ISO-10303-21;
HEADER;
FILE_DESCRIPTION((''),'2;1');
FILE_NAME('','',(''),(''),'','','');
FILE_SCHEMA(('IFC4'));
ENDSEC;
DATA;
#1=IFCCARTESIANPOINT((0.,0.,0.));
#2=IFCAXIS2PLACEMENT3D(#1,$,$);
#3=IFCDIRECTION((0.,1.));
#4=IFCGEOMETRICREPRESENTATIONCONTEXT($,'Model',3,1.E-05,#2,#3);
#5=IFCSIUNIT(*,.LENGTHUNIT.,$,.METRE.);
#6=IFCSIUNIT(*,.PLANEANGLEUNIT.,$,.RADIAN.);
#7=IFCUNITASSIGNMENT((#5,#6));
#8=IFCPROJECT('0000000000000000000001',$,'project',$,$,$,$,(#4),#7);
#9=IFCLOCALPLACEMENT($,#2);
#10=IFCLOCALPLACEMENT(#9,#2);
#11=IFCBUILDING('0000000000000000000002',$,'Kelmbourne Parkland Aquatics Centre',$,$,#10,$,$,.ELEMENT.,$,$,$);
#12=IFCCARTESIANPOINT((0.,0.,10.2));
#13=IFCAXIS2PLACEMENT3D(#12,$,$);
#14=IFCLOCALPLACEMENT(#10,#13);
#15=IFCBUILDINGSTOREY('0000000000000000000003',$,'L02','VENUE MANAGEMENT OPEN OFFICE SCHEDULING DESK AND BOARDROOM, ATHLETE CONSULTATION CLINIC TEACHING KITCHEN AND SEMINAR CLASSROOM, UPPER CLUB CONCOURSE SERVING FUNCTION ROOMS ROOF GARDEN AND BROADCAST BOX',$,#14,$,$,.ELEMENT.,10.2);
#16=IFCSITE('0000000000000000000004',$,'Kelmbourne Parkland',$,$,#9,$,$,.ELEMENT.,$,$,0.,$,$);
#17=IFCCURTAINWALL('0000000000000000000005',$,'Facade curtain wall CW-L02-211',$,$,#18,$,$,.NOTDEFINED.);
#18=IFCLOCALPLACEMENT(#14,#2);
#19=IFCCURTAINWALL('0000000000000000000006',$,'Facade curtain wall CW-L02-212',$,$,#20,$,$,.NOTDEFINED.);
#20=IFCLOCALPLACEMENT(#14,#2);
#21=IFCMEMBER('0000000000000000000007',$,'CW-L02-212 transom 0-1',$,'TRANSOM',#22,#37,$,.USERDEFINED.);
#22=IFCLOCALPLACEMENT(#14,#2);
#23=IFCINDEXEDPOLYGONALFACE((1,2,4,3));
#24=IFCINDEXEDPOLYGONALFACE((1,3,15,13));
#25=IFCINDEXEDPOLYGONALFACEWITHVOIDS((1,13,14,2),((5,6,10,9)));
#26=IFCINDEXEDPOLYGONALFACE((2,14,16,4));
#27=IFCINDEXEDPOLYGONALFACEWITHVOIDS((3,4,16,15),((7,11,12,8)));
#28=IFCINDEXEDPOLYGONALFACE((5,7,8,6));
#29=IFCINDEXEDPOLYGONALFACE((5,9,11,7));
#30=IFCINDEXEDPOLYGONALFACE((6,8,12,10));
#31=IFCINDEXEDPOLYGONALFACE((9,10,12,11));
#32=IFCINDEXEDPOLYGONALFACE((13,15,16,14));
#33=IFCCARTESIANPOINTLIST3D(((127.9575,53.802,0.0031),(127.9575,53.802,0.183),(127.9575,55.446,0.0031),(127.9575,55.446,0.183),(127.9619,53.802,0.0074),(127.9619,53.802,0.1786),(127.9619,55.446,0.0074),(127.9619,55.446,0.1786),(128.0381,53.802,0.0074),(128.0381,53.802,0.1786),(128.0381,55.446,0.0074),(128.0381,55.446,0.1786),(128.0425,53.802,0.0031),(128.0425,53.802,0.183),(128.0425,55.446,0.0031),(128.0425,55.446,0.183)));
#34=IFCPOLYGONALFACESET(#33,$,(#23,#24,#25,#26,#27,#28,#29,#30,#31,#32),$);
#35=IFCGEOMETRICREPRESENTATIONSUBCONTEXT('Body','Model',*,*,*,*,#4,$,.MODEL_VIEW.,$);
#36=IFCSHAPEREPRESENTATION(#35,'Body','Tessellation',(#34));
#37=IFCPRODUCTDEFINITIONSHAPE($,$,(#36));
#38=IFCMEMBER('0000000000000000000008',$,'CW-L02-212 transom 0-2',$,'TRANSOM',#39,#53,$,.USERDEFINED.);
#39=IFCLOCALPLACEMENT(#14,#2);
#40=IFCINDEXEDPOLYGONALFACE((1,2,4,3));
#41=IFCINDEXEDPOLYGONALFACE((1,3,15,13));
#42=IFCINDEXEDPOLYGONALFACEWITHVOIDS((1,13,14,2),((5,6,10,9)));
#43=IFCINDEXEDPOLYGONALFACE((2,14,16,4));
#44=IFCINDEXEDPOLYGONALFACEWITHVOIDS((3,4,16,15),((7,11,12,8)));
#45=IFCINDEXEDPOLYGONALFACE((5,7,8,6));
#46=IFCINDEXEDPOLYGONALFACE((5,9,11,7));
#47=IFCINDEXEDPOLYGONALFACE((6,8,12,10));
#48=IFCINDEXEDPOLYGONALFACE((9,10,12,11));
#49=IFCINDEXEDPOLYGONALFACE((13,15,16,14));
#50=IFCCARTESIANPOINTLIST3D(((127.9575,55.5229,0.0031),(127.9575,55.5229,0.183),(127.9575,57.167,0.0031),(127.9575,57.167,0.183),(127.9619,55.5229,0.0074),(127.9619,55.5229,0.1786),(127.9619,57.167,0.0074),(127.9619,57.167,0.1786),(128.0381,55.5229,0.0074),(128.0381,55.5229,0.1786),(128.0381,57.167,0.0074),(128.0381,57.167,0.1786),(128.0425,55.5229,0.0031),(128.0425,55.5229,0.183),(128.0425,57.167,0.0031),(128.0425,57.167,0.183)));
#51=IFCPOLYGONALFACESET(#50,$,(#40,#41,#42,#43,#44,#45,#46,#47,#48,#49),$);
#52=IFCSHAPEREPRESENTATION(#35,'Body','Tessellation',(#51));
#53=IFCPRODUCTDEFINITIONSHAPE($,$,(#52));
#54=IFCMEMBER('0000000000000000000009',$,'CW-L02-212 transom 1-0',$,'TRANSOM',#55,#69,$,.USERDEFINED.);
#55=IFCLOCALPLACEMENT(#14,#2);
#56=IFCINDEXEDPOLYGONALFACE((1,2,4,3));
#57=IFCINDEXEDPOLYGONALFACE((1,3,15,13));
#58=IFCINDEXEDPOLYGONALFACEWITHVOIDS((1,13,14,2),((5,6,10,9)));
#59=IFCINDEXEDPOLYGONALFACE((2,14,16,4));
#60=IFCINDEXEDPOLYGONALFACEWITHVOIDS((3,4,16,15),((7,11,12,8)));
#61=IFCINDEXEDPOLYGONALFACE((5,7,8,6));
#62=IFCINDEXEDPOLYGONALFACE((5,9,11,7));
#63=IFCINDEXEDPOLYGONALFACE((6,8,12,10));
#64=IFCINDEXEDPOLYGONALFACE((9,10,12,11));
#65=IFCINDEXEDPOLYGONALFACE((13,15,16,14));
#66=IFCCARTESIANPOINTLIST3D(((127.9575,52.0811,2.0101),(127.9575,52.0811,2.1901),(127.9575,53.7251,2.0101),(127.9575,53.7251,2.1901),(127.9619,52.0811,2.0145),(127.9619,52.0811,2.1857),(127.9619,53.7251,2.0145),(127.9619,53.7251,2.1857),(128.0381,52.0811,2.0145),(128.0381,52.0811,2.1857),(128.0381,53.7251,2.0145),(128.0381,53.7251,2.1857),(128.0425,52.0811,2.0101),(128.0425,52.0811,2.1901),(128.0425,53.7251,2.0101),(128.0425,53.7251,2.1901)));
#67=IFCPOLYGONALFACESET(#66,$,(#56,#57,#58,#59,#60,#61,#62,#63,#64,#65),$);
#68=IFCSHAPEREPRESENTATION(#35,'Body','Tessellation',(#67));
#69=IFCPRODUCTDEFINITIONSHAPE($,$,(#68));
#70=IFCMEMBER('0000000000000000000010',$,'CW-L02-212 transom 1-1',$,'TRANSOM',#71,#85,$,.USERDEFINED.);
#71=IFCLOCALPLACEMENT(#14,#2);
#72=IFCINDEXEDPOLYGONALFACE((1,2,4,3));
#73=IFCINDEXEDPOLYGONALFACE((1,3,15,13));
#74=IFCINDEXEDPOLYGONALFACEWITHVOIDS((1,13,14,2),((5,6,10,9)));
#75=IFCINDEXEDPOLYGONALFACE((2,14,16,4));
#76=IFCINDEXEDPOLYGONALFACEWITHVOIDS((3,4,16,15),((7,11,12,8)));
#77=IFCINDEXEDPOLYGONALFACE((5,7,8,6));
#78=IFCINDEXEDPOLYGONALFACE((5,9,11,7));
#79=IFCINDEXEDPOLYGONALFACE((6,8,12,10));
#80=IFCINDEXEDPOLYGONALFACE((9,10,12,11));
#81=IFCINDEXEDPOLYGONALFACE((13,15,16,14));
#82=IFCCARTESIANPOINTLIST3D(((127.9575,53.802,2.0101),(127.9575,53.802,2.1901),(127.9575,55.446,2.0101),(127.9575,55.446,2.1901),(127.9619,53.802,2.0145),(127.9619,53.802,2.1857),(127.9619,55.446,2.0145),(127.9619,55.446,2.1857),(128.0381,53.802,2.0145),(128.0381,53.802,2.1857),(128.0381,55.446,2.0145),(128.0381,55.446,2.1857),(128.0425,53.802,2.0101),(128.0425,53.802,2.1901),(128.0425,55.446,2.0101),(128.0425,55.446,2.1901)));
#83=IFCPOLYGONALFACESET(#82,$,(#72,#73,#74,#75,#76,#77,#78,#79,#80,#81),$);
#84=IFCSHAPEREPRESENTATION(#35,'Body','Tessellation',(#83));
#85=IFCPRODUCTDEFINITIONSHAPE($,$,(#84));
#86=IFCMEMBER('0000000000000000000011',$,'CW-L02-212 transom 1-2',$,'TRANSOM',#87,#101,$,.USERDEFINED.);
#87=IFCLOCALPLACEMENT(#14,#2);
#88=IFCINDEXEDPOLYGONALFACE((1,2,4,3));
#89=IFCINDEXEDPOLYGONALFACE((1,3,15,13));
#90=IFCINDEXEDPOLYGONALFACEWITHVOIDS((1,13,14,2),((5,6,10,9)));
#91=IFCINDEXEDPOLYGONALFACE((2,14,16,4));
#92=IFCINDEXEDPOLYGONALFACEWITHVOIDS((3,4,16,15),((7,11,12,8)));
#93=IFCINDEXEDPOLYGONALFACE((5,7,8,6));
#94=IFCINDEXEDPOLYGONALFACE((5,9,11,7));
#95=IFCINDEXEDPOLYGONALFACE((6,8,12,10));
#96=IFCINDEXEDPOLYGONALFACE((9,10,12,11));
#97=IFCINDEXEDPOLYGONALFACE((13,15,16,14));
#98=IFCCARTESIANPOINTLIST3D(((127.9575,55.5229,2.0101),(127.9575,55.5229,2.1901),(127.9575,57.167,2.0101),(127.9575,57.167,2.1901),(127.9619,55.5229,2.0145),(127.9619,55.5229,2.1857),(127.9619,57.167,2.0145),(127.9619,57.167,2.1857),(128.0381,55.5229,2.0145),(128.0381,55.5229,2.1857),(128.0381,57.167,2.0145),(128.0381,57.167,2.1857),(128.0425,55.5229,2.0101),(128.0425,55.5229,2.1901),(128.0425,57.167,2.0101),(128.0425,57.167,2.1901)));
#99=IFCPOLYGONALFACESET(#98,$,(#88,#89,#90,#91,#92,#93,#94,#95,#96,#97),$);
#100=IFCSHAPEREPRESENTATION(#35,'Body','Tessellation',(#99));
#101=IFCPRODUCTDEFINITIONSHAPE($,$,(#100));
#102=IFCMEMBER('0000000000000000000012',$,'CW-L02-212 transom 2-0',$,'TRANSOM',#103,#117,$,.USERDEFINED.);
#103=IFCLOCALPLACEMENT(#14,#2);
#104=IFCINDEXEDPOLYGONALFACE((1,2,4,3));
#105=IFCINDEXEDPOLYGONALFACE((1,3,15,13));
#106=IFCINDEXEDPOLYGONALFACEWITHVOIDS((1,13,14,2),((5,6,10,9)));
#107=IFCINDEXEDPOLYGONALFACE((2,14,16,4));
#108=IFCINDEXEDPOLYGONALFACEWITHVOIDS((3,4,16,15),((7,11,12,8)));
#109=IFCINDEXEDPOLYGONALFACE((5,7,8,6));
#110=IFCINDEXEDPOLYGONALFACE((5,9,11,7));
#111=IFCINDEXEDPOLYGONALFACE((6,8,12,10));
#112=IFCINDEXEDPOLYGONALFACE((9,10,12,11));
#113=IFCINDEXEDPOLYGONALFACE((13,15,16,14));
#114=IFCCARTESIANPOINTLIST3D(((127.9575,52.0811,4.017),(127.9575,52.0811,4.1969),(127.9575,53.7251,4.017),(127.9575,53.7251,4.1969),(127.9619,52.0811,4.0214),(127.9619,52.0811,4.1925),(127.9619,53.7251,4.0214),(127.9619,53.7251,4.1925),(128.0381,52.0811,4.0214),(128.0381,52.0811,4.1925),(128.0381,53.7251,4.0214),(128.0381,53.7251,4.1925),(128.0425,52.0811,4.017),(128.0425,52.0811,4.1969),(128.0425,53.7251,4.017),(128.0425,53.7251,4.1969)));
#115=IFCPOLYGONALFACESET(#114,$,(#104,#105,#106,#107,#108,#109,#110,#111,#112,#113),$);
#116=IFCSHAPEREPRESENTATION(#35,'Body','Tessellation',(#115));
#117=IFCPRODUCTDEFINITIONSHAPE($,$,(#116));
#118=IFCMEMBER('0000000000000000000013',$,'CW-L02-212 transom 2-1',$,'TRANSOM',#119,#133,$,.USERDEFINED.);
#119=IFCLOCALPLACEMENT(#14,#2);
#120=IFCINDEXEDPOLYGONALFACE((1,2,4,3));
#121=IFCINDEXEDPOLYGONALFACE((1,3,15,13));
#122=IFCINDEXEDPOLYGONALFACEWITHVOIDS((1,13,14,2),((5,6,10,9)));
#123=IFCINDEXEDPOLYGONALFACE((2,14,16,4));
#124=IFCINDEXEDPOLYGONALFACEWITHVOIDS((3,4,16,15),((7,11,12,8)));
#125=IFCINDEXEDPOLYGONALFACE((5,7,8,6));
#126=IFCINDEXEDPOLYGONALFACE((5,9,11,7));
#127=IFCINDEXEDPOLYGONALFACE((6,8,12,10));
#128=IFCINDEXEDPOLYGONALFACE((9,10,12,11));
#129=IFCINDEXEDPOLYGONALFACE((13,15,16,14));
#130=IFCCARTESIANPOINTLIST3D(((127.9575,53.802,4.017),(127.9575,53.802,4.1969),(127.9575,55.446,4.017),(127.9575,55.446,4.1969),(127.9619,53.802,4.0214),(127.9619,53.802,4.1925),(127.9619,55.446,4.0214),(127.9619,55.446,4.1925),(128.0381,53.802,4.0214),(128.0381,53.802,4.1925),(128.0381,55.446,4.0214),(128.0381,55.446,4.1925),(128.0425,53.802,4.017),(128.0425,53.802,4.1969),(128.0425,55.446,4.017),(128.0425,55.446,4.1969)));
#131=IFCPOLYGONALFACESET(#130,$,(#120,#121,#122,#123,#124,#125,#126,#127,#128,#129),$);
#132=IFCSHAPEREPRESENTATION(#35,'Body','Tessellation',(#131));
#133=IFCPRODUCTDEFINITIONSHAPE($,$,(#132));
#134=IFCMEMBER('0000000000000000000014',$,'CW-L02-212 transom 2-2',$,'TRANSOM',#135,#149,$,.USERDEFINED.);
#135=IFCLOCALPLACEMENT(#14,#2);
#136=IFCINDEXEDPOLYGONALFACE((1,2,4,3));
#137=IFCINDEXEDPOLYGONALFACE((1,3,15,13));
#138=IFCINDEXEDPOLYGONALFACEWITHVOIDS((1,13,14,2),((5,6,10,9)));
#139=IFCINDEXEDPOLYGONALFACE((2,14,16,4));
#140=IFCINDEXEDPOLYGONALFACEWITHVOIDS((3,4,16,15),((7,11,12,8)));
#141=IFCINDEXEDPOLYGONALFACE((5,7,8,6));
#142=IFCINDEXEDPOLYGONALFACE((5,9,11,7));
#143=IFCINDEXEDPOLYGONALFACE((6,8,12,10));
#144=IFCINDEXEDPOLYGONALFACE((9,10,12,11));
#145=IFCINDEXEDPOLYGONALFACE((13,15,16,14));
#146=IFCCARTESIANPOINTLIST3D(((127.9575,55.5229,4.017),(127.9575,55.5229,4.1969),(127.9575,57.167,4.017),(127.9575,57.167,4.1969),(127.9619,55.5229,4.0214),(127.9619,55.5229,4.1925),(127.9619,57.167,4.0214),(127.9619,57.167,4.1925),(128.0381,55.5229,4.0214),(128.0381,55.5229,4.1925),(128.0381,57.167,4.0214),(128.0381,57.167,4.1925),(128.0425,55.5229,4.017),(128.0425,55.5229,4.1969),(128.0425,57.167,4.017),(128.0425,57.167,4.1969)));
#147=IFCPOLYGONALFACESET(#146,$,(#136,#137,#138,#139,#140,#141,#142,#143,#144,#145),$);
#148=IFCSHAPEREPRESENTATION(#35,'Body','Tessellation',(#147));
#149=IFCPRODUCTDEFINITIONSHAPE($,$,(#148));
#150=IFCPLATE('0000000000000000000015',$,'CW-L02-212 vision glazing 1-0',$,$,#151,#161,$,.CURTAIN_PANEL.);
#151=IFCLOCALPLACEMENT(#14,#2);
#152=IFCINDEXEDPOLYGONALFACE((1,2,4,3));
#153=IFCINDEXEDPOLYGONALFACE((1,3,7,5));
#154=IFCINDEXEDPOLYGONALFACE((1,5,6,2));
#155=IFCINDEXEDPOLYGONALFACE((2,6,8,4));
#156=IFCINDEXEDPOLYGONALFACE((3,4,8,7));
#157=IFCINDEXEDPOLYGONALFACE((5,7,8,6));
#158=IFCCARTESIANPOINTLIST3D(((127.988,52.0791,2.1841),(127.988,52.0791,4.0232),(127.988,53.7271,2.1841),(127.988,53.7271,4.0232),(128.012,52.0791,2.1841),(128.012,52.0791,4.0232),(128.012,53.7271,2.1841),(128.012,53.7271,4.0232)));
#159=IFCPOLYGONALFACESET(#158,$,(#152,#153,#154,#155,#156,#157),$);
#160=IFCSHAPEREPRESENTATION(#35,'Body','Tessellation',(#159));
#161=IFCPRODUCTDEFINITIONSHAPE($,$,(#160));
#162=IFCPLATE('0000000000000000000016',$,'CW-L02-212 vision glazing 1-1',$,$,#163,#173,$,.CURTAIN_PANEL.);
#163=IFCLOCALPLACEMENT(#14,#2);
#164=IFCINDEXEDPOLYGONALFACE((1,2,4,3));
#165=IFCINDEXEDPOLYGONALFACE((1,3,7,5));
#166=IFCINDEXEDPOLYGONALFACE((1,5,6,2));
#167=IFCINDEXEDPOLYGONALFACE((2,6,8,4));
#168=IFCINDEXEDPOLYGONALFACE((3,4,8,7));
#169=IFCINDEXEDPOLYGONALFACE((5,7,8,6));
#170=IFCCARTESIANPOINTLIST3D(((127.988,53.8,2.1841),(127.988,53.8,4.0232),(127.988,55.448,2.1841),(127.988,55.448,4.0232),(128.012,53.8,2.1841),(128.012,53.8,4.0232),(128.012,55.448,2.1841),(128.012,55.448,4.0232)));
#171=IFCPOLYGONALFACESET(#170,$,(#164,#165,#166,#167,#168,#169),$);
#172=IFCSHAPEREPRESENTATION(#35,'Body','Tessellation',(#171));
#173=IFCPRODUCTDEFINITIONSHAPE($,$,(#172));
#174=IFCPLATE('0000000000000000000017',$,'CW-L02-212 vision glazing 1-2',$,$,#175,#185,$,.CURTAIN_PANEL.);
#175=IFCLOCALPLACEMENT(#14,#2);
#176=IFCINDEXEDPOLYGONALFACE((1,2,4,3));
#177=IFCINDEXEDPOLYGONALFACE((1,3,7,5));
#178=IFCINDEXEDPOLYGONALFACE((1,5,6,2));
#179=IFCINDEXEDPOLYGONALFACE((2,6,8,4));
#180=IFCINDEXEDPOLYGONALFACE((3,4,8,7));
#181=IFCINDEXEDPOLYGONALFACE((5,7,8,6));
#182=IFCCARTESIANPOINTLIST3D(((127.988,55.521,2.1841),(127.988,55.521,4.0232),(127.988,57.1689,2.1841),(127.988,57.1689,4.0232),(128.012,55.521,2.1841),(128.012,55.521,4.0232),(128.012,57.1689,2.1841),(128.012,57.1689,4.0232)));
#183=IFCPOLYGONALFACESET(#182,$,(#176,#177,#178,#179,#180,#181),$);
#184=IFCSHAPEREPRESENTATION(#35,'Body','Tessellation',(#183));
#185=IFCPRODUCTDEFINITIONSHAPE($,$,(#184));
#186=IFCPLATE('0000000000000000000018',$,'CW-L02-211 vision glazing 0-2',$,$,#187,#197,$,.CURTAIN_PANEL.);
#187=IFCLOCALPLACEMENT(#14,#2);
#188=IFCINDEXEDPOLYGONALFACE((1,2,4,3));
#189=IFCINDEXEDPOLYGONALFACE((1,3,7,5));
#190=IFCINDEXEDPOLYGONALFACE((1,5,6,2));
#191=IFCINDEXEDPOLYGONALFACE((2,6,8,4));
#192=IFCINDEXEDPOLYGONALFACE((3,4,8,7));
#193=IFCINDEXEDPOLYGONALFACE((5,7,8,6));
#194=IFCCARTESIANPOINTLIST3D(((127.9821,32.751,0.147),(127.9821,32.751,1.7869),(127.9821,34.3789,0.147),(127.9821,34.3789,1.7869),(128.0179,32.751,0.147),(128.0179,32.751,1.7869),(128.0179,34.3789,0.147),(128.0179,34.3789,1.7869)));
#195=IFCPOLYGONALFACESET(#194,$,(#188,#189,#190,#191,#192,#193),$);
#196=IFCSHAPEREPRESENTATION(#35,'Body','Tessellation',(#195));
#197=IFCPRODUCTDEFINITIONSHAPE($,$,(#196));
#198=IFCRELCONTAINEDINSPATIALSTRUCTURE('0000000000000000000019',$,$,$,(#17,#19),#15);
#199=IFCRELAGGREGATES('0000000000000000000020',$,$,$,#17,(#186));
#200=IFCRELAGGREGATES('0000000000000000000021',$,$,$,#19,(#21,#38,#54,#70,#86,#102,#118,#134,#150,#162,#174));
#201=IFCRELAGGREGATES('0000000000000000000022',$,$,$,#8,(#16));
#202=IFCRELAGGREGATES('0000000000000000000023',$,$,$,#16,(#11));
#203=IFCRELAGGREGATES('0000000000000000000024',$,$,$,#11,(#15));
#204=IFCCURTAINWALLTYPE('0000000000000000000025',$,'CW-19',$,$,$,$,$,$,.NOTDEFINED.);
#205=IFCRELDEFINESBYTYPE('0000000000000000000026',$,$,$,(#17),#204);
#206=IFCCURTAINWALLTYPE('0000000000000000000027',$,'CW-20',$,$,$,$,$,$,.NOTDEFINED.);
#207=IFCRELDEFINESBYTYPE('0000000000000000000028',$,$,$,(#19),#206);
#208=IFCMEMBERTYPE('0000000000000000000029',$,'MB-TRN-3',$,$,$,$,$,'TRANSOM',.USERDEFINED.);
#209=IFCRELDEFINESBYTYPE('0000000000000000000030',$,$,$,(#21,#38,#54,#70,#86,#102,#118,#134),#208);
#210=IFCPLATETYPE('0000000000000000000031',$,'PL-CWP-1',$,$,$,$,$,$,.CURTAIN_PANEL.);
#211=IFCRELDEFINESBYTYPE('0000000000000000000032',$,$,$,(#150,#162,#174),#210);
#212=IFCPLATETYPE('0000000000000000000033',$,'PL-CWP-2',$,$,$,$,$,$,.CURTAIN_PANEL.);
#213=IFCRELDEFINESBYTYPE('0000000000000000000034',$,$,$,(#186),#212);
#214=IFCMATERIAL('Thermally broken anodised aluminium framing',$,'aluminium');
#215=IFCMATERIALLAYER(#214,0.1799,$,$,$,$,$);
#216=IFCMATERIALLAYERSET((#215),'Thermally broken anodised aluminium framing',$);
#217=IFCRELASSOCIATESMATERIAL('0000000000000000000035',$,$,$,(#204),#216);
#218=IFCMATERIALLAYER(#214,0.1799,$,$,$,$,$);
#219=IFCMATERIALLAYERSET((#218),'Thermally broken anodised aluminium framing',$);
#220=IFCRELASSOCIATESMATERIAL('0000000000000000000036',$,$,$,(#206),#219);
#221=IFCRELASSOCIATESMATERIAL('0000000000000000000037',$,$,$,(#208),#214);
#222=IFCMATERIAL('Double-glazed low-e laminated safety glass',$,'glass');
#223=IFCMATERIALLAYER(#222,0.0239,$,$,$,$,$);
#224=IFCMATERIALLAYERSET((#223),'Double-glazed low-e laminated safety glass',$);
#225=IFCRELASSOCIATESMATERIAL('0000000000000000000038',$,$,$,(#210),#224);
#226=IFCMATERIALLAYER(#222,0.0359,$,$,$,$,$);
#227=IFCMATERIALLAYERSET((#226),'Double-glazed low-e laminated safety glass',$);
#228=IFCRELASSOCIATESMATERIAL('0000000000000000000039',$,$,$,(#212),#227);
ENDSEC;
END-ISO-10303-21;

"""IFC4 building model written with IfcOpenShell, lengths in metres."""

from ifc_helpers import new_model, si_unit, direction, frame, origin, origin_2d, place, context, subcontext, project, spatial, rectangle, hollow_rectangle, extrude, material, layer, layer_set, material_profile, profile_set, type_object, element, aggregate, save


model = new_model("IFC4")

# Units and contexts
model_context = context("Model", 3, precision=1e-05, world=origin(), true_north=direction((0.0, 1.0)))
body_context = subcontext(model_context, "Body", "Model", "MODEL_VIEW")
ifc_project = project(units=[si_unit("LENGTHUNIT", "METRE"), si_unit("PLANEANGLEUNIT", "RADIAN")], contexts=[model_context])

# Site, building, storey
site_placement = place(None, origin())
site = spatial("IfcSite", under=ifc_project, at=site_placement, Name="Kelmbourne Parkland", CompositionType="ELEMENT", RefElevation=0.0)
building_placement = place(site_placement, origin())
building = spatial("IfcBuilding", under=site, at=building_placement, Name="Kelmbourne Parkland Aquatics Centre", CompositionType="ELEMENT")
storey_placement = place(building_placement, frame((0.0, 0.0, 10.2)))
storey = spatial("IfcBuildingStorey", under=building, at=storey_placement, Name="L02", Description="VENUE MANAGEMENT OPEN OFFICE SCHEDULING DESK AND BOARDROOM, ATHLETE CONSULTATION CLINIC TEACHING KITCHEN AND SEMINAR CLASSROOM, UPPER CLUB CONCOURSE SERVING FUNCTION ROOMS ROOF GARDEN AND BROADCAST BOX", CompositionType="ELEMENT", Elevation=10.2)

# Curtain wall
ifc_material_1 = material(Name="Thermally broken anodised aluminium framing", Category="aluminium")
ifc_layer_1 = layer(ifc_material_1, 0.1799)
ifc_layer_set_1 = layer_set([ifc_layer_1], Name="Thermally broken anodised aluminium framing")
curtain_wall_type_1 = type_object("IfcCurtainWallType", Name="CW-19", PredefinedType="NOTDEFINED", material=ifc_layer_set_1)
curtain_wall_1_placement = place(storey_placement, origin())
curtain_wall_1 = element("IfcCurtainWall", 1, at=curtain_wall_1_placement, inside=storey, type_object=curtain_wall_type_1, Name="Facade curtain wall CW-L02-211", PredefinedType="NOTDEFINED")

# Curtain wall
ifc_layer_2 = layer(ifc_material_1, 0.1799)
ifc_layer_set_2 = layer_set([ifc_layer_2], Name="Thermally broken anodised aluminium framing")
curtain_wall_type_2 = type_object("IfcCurtainWallType", Name="CW-20", PredefinedType="NOTDEFINED", material=ifc_layer_set_2)
curtain_wall_2_placement = place(storey_placement, origin())
curtain_wall_2 = element("IfcCurtainWall", 2, at=curtain_wall_2_placement, inside=storey, type_object=curtain_wall_type_2, Name="Facade curtain wall CW-L02-212", PredefinedType="NOTDEFINED")

# Members
ifc_material_profile_1 = material_profile(ifc_material_1, hollow_rectangle(XDim=0.085, YDim=0.1799, WallThickness=0.0044, at=origin_2d()), Name="CW-T 85x180")
ifc_profile_set_1 = profile_set([ifc_material_profile_1], Name="Thermally broken anodised aluminium framing")
member_type_1 = type_object("IfcMemberType", Name="MB-TRN-3", ElementType="TRANSOM", PredefinedType="USERDEFINED", material=ifc_profile_set_1)
member_1_placement = place(storey_placement, frame((128.0, 53.802, 0.093), z_axis=(0.0, 1.0, 0.0), x_axis=(-1.0, 0.0, 0.0)))
member_1 = element("IfcMember", 3, at=member_1_placement, type_object=member_type_1, Name="CW-L02-212 transom 0-1", ObjectType="TRANSOM", PredefinedType="USERDEFINED", context=body_context, shape_type="SweptSolid", body=[
    extrude(hollow_rectangle(XDim=0.085, YDim=0.1799, WallThickness=0.0044, at=origin_2d()), origin(), (0.0, 0.0, 1.0), 1.644),
])
member_2_placement = place(storey_placement, frame((128.0, 55.5229, 0.093), z_axis=(0.0, 1.0, 0.0), x_axis=(-1.0, 0.0, 0.0)))
member_2 = element("IfcMember", 4, at=member_2_placement, type_object=member_type_1, Name="CW-L02-212 transom 0-2", ObjectType="TRANSOM", PredefinedType="USERDEFINED", context=body_context, shape_type="SweptSolid", body=[
    extrude(hollow_rectangle(XDim=0.085, YDim=0.1799, WallThickness=0.0044, at=origin_2d()), origin(), (0.0, 0.0, 1.0), 1.644),
])
member_3_placement = place(storey_placement, frame((128.0, 52.0811, 2.1001), z_axis=(0.0, 1.0, 0.0), x_axis=(-1.0, 0.0, 0.0)))
member_3 = element("IfcMember", 5, at=member_3_placement, type_object=member_type_1, Name="CW-L02-212 transom 1-0", ObjectType="TRANSOM", PredefinedType="USERDEFINED", context=body_context, shape_type="SweptSolid", body=[
    extrude(hollow_rectangle(XDim=0.085, YDim=0.1799, WallThickness=0.0044, at=origin_2d()), origin(), (0.0, 0.0, 1.0), 1.644),
])
member_4_placement = place(storey_placement, frame((128.0, 53.802, 2.1001), z_axis=(0.0, 1.0, 0.0), x_axis=(-1.0, 0.0, 0.0)))
member_4 = element("IfcMember", 6, at=member_4_placement, type_object=member_type_1, Name="CW-L02-212 transom 1-1", ObjectType="TRANSOM", PredefinedType="USERDEFINED", context=body_context, shape_type="SweptSolid", body=[
    extrude(hollow_rectangle(XDim=0.085, YDim=0.1799, WallThickness=0.0044, at=origin_2d()), origin(), (0.0, 0.0, 1.0), 1.644),
])
member_5_placement = place(storey_placement, frame((128.0, 55.5229, 2.1001), z_axis=(0.0, 1.0, 0.0), x_axis=(-1.0, 0.0, 0.0)))
member_5 = element("IfcMember", 7, at=member_5_placement, type_object=member_type_1, Name="CW-L02-212 transom 1-2", ObjectType="TRANSOM", PredefinedType="USERDEFINED", context=body_context, shape_type="SweptSolid", body=[
    extrude(hollow_rectangle(XDim=0.085, YDim=0.1799, WallThickness=0.0044, at=origin_2d()), origin(), (0.0, 0.0, 1.0), 1.644),
])
member_6_placement = place(storey_placement, frame((128.0, 52.0811, 4.1069), z_axis=(0.0, 1.0, 0.0), x_axis=(-1.0, 0.0, 0.0)))
member_6 = element("IfcMember", 8, at=member_6_placement, type_object=member_type_1, Name="CW-L02-212 transom 2-0", ObjectType="TRANSOM", PredefinedType="USERDEFINED", context=body_context, shape_type="SweptSolid", body=[
    extrude(hollow_rectangle(XDim=0.085, YDim=0.1799, WallThickness=0.0044, at=origin_2d()), origin(), (0.0, 0.0, 1.0), 1.644),
])
member_7_placement = place(storey_placement, frame((128.0, 53.802, 4.1069), z_axis=(0.0, 1.0, 0.0), x_axis=(-1.0, 0.0, 0.0)))
member_7 = element("IfcMember", 9, at=member_7_placement, type_object=member_type_1, Name="CW-L02-212 transom 2-1", ObjectType="TRANSOM", PredefinedType="USERDEFINED", context=body_context, shape_type="SweptSolid", body=[
    extrude(hollow_rectangle(XDim=0.085, YDim=0.1799, WallThickness=0.0044, at=origin_2d()), origin(), (0.0, 0.0, 1.0), 1.644),
])
member_8_placement = place(storey_placement, frame((128.0, 55.5229, 4.1069), z_axis=(0.0, 1.0, 0.0), x_axis=(-1.0, 0.0, 0.0)))
member_8 = element("IfcMember", 10, at=member_8_placement, type_object=member_type_1, Name="CW-L02-212 transom 2-2", ObjectType="TRANSOM", PredefinedType="USERDEFINED", context=body_context, shape_type="SweptSolid", body=[
    extrude(hollow_rectangle(XDim=0.085, YDim=0.1799, WallThickness=0.0044, at=origin_2d()), origin(), (0.0, 0.0, 1.0), 1.644),
])

# Plates
ifc_material_2 = material(Name="Double-glazed low-e laminated safety glass", Category="glass")
ifc_layer_3 = layer(ifc_material_2, 0.0239)
ifc_layer_set_3 = layer_set([ifc_layer_3], Name="Double-glazed low-e laminated safety glass")
plate_type_1 = type_object("IfcPlateType", Name="PL-CWP-1", PredefinedType="CURTAIN_PANEL", material=ifc_layer_set_3)
plate_1_placement = place(storey_placement, frame((128.0, 52.9031, 2.1841), z_axis=(0.0, 0.0, 1.0), x_axis=(0.0, 1.0, 0.0)))
plate_1 = element("IfcPlate", 11, at=plate_1_placement, type_object=plate_type_1, Name="CW-L02-212 vision glazing 1-0", PredefinedType="CURTAIN_PANEL", context=body_context, shape_type="SweptSolid", body=[
    extrude(rectangle(XDim=1.6479, YDim=0.0239, at=origin_2d()), origin(), (0.0, 0.0, 1.0), 1.8391),
])
plate_2_placement = place(storey_placement, frame((128.0, 54.624, 2.1841), z_axis=(0.0, 0.0, 1.0), x_axis=(0.0, 1.0, 0.0)))
plate_2 = element("IfcPlate", 12, at=plate_2_placement, type_object=plate_type_1, Name="CW-L02-212 vision glazing 1-1", PredefinedType="CURTAIN_PANEL", context=body_context, shape_type="SweptSolid", body=[
    extrude(rectangle(XDim=1.6479, YDim=0.0239, at=origin_2d()), origin(), (0.0, 0.0, 1.0), 1.8391),
])
plate_3_placement = place(storey_placement, frame((128.0, 56.345, 2.1841), z_axis=(0.0, 0.0, 1.0), x_axis=(0.0, 1.0, 0.0)))
plate_3 = element("IfcPlate", 13, at=plate_3_placement, type_object=plate_type_1, Name="CW-L02-212 vision glazing 1-2", PredefinedType="CURTAIN_PANEL", context=body_context, shape_type="SweptSolid", body=[
    extrude(rectangle(XDim=1.6479, YDim=0.0239, at=origin_2d()), origin(), (0.0, 0.0, 1.0), 1.8391),
])
ifc_layer_4 = layer(ifc_material_2, 0.0359)
ifc_layer_set_4 = layer_set([ifc_layer_4], Name="Double-glazed low-e laminated safety glass")
plate_type_2 = type_object("IfcPlateType", Name="PL-CWP-2", PredefinedType="CURTAIN_PANEL", material=ifc_layer_set_4)
plate_4_placement = place(storey_placement, frame((128.0, 33.5649, 0.147), z_axis=(0.0, 0.0, 1.0), x_axis=(0.0, 1.0, 0.0)))
plate_4 = element("IfcPlate", 14, at=plate_4_placement, type_object=plate_type_2, Name="CW-L02-211 vision glazing 0-2", PredefinedType="CURTAIN_PANEL", context=body_context, shape_type="SweptSolid", body=[
    extrude(rectangle(XDim=1.6279, YDim=0.0359, at=origin_2d()), origin(), (0.0, 0.0, 1.0), 1.6399),
])
aggregate(curtain_wall_1, [plate_4])
aggregate(curtain_wall_2, [member_1, member_2, member_3, member_4, member_5, member_6, member_7, member_8, plate_1, plate_2, plate_3])

save(model, "model.ifc")
